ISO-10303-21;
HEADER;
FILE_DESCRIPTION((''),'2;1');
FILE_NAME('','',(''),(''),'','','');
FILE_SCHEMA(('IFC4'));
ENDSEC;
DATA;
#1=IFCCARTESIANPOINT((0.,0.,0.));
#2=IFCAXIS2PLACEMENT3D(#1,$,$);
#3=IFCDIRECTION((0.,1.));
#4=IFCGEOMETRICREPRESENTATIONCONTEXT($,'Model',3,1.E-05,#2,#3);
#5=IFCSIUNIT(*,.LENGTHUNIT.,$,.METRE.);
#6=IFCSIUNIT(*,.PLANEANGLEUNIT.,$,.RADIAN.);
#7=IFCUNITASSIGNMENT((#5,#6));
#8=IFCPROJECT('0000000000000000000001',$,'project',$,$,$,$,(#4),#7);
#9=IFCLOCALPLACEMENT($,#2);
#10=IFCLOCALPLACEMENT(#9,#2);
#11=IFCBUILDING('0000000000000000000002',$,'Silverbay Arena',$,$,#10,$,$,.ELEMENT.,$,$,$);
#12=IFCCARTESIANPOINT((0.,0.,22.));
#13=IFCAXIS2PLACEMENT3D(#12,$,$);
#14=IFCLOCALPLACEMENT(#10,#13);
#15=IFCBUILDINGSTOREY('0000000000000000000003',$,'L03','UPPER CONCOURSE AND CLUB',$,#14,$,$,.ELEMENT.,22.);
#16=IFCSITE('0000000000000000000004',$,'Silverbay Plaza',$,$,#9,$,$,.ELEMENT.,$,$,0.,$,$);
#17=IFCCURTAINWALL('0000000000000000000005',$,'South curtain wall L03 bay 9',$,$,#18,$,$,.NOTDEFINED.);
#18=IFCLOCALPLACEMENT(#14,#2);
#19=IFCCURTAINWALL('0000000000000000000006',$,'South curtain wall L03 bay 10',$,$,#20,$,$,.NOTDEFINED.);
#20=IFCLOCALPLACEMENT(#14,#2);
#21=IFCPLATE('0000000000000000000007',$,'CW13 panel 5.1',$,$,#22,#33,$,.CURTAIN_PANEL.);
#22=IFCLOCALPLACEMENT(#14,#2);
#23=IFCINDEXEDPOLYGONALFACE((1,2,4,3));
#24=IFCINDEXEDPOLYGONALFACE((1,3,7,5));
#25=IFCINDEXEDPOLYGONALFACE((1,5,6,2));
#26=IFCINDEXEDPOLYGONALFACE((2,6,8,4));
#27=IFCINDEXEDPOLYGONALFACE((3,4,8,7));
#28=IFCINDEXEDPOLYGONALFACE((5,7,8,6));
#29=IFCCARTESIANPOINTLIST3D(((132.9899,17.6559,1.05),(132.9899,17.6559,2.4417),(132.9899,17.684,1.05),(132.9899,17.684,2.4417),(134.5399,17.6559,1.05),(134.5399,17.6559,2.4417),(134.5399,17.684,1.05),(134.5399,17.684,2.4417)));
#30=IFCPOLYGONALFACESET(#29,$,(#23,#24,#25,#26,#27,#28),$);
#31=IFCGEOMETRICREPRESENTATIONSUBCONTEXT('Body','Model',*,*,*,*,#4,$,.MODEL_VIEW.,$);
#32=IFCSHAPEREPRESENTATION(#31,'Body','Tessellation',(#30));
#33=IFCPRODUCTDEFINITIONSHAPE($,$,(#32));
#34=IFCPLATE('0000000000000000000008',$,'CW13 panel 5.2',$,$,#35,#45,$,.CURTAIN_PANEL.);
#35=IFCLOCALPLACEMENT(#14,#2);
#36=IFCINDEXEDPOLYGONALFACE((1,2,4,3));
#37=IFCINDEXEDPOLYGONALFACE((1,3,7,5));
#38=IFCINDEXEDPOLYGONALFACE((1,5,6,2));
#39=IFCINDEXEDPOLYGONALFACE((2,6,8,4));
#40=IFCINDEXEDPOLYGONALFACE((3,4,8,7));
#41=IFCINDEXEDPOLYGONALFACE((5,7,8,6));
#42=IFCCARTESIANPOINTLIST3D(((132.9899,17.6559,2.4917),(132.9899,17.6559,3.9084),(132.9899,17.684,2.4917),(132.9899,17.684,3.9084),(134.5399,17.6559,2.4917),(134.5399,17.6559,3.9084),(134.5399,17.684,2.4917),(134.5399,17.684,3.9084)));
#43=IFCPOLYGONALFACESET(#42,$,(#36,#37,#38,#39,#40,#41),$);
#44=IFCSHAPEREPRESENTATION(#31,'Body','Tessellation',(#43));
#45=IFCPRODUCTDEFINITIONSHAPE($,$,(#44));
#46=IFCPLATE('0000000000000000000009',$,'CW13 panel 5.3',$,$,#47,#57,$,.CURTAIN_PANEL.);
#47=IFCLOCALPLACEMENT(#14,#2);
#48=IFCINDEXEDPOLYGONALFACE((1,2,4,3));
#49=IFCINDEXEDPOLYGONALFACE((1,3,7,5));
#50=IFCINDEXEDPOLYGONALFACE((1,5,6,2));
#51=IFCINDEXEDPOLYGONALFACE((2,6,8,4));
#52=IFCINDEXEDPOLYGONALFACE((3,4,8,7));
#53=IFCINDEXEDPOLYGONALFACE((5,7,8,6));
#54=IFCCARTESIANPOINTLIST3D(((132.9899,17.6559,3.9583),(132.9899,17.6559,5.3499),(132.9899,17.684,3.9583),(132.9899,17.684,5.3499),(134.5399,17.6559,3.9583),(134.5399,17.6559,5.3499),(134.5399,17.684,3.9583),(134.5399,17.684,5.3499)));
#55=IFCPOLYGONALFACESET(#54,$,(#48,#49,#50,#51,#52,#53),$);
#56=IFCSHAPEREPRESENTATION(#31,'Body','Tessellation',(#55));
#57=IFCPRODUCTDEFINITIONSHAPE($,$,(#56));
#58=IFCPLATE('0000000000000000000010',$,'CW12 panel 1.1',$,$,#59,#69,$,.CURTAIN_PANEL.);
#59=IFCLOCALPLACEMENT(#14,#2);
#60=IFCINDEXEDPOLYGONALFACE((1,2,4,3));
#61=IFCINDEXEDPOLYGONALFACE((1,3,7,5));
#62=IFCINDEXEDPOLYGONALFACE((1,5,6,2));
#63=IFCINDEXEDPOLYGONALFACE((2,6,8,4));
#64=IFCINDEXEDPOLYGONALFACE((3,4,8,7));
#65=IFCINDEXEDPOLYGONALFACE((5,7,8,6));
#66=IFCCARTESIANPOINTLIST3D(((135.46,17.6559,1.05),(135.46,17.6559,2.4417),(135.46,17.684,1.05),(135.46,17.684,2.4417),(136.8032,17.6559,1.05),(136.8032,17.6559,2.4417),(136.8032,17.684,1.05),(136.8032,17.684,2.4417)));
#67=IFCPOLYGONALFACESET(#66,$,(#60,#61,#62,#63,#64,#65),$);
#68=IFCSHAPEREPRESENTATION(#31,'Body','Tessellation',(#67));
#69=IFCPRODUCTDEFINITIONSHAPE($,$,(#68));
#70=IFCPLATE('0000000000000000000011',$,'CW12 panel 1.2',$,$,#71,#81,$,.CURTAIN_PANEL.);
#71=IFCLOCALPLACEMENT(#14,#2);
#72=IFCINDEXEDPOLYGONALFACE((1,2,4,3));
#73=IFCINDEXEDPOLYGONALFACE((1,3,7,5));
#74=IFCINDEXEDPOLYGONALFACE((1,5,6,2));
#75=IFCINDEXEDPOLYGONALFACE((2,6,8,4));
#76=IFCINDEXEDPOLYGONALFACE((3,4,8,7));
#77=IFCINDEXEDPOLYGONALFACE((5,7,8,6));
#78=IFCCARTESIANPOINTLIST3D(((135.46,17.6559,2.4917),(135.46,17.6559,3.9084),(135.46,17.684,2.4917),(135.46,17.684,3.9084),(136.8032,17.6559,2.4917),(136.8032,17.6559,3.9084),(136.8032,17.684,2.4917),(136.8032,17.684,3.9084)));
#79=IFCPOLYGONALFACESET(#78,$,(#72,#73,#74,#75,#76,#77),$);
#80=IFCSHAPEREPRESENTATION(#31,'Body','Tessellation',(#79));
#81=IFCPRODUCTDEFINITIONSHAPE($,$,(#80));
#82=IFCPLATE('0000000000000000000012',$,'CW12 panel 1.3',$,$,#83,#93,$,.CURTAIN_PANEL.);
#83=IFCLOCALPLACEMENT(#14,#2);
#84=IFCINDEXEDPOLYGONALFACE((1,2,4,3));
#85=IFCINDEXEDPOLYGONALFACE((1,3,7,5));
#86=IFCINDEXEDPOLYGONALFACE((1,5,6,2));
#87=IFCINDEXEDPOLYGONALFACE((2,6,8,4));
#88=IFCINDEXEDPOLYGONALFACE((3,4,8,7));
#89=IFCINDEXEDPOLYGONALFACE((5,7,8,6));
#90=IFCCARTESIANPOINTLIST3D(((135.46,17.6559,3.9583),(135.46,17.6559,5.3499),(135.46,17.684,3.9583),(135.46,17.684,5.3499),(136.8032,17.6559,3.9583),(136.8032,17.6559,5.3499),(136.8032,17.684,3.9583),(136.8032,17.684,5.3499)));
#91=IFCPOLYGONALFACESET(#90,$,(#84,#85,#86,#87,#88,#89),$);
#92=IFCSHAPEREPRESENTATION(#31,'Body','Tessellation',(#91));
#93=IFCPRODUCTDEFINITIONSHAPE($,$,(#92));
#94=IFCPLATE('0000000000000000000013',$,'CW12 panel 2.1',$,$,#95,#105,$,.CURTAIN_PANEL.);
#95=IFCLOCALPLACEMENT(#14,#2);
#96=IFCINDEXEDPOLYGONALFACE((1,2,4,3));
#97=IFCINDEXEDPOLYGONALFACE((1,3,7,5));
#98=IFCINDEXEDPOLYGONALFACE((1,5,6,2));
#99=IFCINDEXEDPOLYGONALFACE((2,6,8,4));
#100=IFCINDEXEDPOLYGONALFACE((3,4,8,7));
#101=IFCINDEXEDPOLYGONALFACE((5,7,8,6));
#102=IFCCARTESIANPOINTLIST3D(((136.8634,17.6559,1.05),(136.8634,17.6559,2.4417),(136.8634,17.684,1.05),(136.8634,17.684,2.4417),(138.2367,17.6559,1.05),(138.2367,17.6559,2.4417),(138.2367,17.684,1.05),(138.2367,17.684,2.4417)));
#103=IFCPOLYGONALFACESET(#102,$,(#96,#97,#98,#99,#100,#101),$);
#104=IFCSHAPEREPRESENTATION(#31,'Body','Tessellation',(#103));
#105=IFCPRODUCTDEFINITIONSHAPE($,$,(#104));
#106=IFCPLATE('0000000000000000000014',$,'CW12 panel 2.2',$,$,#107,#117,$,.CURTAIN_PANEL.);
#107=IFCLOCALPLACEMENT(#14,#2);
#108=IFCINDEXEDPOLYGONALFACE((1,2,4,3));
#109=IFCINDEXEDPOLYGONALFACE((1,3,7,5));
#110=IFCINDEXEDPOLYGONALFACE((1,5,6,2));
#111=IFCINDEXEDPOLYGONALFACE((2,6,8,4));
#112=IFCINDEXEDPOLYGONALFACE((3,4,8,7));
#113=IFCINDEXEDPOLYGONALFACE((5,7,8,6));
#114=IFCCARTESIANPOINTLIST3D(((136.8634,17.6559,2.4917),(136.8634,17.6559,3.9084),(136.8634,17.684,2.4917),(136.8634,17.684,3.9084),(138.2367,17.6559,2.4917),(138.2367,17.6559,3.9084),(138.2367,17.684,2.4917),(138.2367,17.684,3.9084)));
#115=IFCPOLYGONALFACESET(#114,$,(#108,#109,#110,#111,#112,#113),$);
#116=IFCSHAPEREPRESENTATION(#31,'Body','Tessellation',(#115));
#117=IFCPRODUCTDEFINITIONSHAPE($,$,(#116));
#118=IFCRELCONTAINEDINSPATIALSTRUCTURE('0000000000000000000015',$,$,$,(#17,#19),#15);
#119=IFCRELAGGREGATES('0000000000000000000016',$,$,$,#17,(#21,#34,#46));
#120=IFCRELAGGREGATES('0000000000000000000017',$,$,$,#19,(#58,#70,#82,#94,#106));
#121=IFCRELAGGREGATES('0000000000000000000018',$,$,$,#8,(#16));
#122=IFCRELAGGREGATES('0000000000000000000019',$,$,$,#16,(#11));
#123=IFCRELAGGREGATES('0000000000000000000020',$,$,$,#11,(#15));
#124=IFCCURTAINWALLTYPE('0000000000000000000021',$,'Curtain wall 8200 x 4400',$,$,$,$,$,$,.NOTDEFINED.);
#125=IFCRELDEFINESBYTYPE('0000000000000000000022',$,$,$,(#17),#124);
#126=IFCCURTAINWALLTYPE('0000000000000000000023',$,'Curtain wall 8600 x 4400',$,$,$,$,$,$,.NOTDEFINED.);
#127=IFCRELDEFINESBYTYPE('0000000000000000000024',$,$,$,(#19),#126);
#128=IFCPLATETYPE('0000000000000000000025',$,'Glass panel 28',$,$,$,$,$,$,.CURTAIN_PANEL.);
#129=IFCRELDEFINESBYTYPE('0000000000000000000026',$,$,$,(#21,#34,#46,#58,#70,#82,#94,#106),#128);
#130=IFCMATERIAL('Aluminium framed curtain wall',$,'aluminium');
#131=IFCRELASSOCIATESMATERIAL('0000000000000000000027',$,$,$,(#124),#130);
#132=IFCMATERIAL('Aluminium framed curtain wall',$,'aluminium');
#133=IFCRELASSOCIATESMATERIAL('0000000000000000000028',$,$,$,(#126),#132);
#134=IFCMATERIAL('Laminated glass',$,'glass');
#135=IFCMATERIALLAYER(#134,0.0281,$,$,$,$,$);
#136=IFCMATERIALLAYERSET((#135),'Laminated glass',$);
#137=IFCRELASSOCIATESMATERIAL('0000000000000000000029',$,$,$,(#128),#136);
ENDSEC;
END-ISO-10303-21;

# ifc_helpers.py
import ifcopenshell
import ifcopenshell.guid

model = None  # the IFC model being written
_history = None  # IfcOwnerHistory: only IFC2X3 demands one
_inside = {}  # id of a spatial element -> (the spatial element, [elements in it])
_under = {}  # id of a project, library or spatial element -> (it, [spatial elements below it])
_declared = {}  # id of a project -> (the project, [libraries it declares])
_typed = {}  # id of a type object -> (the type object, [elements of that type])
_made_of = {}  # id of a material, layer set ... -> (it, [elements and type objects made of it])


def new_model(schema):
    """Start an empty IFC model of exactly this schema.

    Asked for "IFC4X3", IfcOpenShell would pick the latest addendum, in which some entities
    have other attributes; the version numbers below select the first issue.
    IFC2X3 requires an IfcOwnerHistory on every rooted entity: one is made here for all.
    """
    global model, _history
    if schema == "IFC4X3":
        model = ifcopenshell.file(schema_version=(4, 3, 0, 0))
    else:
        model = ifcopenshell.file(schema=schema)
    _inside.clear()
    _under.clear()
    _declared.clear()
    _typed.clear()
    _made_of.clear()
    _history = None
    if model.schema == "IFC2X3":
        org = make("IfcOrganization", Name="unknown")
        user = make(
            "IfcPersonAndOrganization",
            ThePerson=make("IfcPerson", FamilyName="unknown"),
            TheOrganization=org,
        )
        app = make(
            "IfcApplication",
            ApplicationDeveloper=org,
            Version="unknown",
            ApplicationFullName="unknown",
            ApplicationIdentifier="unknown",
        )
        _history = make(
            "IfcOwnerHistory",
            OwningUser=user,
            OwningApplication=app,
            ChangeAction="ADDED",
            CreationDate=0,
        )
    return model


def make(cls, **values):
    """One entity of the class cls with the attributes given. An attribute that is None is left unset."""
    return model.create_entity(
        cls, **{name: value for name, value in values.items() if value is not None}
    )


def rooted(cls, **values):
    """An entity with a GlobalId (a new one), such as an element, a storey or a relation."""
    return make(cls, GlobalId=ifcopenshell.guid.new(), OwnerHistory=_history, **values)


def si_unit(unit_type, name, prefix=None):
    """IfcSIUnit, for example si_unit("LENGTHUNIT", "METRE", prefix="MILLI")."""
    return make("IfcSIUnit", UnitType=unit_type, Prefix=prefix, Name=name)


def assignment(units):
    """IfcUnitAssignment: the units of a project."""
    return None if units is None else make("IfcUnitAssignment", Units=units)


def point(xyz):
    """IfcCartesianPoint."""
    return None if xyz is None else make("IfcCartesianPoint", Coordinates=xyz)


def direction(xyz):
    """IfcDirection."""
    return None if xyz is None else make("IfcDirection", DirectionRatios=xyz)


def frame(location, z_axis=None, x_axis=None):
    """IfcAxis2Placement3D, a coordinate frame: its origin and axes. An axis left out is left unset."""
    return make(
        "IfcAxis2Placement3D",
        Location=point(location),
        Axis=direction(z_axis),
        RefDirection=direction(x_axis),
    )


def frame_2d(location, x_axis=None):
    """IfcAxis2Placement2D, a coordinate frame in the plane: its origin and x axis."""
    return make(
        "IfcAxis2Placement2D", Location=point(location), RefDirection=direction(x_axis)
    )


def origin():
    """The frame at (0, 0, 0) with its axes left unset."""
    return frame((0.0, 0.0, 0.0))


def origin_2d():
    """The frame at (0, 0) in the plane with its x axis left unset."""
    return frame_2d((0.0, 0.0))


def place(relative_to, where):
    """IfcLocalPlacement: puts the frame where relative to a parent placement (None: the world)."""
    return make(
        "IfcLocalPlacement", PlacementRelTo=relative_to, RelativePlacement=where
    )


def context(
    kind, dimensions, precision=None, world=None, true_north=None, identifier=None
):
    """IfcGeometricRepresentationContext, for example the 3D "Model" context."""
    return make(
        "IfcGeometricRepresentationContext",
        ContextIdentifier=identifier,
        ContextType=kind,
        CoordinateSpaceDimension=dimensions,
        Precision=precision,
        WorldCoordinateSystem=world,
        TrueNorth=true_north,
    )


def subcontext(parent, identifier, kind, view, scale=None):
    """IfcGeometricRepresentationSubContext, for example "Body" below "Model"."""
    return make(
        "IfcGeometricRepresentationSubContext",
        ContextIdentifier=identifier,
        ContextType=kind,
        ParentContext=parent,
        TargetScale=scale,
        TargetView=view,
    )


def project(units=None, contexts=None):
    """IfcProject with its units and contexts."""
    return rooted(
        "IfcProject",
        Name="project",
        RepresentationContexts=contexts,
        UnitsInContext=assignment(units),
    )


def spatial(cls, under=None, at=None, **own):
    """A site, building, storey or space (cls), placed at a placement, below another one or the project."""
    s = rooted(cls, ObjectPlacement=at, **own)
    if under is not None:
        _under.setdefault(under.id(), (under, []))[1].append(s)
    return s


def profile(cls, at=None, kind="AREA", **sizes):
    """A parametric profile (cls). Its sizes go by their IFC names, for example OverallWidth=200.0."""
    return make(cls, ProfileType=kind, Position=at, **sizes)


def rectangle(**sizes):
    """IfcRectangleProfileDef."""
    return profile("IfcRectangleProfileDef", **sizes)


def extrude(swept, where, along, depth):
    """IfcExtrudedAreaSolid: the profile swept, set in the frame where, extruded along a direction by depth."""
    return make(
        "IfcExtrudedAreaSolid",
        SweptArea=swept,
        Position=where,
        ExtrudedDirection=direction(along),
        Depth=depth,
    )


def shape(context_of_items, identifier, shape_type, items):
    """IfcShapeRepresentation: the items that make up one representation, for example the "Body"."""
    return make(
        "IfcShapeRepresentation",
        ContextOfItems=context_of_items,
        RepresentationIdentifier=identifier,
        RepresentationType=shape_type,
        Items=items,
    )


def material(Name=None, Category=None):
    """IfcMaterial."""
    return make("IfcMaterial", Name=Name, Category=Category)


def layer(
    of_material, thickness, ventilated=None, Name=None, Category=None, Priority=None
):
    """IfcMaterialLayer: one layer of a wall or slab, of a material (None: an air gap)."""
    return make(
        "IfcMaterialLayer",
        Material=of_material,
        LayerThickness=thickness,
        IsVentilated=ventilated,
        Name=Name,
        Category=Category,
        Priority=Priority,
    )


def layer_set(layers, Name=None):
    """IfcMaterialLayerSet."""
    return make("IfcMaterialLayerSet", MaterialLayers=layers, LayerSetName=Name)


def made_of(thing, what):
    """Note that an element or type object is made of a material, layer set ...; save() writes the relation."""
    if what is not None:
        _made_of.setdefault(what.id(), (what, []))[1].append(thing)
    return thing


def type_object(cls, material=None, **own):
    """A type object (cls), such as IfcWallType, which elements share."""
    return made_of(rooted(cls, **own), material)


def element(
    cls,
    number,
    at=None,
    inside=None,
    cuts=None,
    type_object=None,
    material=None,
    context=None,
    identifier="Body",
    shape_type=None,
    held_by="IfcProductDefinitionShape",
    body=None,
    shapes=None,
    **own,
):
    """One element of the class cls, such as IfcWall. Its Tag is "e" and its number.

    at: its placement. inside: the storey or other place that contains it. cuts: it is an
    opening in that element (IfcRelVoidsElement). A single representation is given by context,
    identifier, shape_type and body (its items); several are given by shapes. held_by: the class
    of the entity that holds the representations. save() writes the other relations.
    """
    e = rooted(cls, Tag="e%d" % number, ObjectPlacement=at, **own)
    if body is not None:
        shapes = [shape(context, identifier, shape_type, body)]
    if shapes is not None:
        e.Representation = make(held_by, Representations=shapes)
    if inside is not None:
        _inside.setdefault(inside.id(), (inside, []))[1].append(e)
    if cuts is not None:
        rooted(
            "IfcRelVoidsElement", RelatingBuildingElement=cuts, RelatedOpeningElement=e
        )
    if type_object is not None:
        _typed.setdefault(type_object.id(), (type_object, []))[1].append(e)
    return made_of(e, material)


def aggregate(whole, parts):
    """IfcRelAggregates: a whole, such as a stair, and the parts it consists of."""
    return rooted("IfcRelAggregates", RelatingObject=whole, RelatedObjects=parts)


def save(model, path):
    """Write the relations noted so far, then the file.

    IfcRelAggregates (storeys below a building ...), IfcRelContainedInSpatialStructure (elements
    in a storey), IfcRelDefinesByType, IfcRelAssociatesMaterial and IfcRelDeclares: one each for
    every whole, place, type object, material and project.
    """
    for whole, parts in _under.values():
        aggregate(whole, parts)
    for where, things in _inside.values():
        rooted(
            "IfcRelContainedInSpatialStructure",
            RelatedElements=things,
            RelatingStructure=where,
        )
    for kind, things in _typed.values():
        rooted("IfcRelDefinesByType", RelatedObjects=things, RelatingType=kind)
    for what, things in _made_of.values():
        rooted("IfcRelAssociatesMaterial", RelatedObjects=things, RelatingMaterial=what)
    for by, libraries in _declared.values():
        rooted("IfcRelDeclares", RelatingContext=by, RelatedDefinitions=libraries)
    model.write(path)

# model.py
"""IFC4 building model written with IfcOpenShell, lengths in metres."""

from ifc_helpers import new_model, si_unit, direction, frame, origin, origin_2d, place, context, subcontext, project, spatial, rectangle, extrude, material, layer, layer_set, type_object, element, aggregate, save


model = new_model("IFC4")

# Units and contexts
model_context = context("Model", 3, precision=1e-05, world=origin(), true_north=direction((0.0, 1.0)))
body_context = subcontext(model_context, "Body", "Model", "MODEL_VIEW")
ifc_project = project(units=[si_unit("LENGTHUNIT", "METRE"), si_unit("PLANEANGLEUNIT", "RADIAN")], contexts=[model_context])

# Site, building, storey
site_placement = place(None, origin())
site = spatial("IfcSite", under=ifc_project, at=site_placement, Name="Silverbay Plaza", CompositionType="ELEMENT", RefElevation=0.0)
building_placement = place(site_placement, origin())
building = spatial("IfcBuilding", under=site, at=building_placement, Name="Silverbay Arena", CompositionType="ELEMENT")
storey_placement = place(building_placement, frame((0.0, 0.0, 22.0)))
storey = spatial("IfcBuildingStorey", under=building, at=storey_placement, Name="L03", Description="UPPER CONCOURSE AND CLUB", CompositionType="ELEMENT", Elevation=22.0)

# Curtain walls
ifc_material_1 = material(Name="Aluminium framed curtain wall", Category="aluminium")
curtain_wall_type_1 = type_object("IfcCurtainWallType", Name="Curtain wall 8200 x 4400", PredefinedType="NOTDEFINED", material=ifc_material_1)
curtain_wall_1_placement = place(storey_placement, origin())
curtain_wall_1 = element("IfcCurtainWall", 1, at=curtain_wall_1_placement, inside=storey, type_object=curtain_wall_type_1, Name="South curtain wall L03 bay 9", PredefinedType="NOTDEFINED")
ifc_material_2 = material(Name="Aluminium framed curtain wall", Category="aluminium")
curtain_wall_type_2 = type_object("IfcCurtainWallType", Name="Curtain wall 8600 x 4400", PredefinedType="NOTDEFINED", material=ifc_material_2)
curtain_wall_2_placement = place(storey_placement, origin())
curtain_wall_2 = element("IfcCurtainWall", 2, at=curtain_wall_2_placement, inside=storey, type_object=curtain_wall_type_2, Name="South curtain wall L03 bay 10", PredefinedType="NOTDEFINED")

# Plates
ifc_material_3 = material(Name="Laminated glass", Category="glass")
ifc_layer = layer(ifc_material_3, 0.0281)
ifc_layer_set = layer_set([ifc_layer], Name="Laminated glass")
plate_type = type_object("IfcPlateType", Name="Glass panel 28", PredefinedType="CURTAIN_PANEL", material=ifc_layer_set)
plate_1_placement = place(storey_placement, frame((133.7649, 17.6699, 1.05), z_axis=(0.0, 0.0, 1.0), x_axis=(1.0, 0.0, 0.0)))
plate_1 = element("IfcPlate", 3, at=plate_1_placement, type_object=plate_type, Name="CW13 panel 5.1", PredefinedType="CURTAIN_PANEL", context=body_context, shape_type="SweptSolid", body=[
    extrude(rectangle(XDim=1.55, YDim=0.0281, at=origin_2d()), origin(), (0.0, 0.0, 1.0), 1.3916),
])
plate_2_placement = place(storey_placement, frame((133.7649, 17.6699, 2.4917), z_axis=(0.0, 0.0, 1.0), x_axis=(1.0, 0.0, 0.0)))
plate_2 = element("IfcPlate", 4, at=plate_2_placement, type_object=plate_type, Name="CW13 panel 5.2", PredefinedType="CURTAIN_PANEL", context=body_context, shape_type="SweptSolid", body=[
    extrude(rectangle(XDim=1.55, YDim=0.0281, at=origin_2d()), origin(), (0.0, 0.0, 1.0), 1.4167),
])
plate_3_placement = place(storey_placement, frame((133.7649, 17.6699, 3.9583), z_axis=(0.0, 0.0, 1.0), x_axis=(1.0, 0.0, 0.0)))
plate_3 = element("IfcPlate", 5, at=plate_3_placement, type_object=plate_type, Name="CW13 panel 5.3", PredefinedType="CURTAIN_PANEL", context=body_context, shape_type="SweptSolid", body=[
    extrude(rectangle(XDim=1.55, YDim=0.0281, at=origin_2d()), origin(), (0.0, 0.0, 1.0), 1.3916),
])
aggregate(curtain_wall_1, [plate_1, plate_2, plate_3])
plate_4_placement = place(storey_placement, frame((136.1316, 17.6699, 1.05), z_axis=(0.0, 0.0, 1.0), x_axis=(1.0, 0.0, 0.0)))
plate_4 = element("IfcPlate", 6, at=plate_4_placement, type_object=plate_type, Name="CW12 panel 1.1", PredefinedType="CURTAIN_PANEL", context=body_context, shape_type="SweptSolid", body=[
    extrude(rectangle(XDim=1.3433, YDim=0.0281, at=origin_2d()), origin(), (0.0, 0.0, 1.0), 1.3916),
])
plate_5_placement = place(storey_placement, frame((136.1316, 17.6699, 2.4917), z_axis=(0.0, 0.0, 1.0), x_axis=(1.0, 0.0, 0.0)))
plate_5 = element("IfcPlate", 7, at=plate_5_placement, type_object=plate_type, Name="CW12 panel 1.2", PredefinedType="CURTAIN_PANEL", context=body_context, shape_type="SweptSolid", body=[
    extrude(rectangle(XDim=1.3433, YDim=0.0281, at=origin_2d()), origin(), (0.0, 0.0, 1.0), 1.4167),
])
plate_6_placement = place(storey_placement, frame((136.1316, 17.6699, 3.9583), z_axis=(0.0, 0.0, 1.0), x_axis=(1.0, 0.0, 0.0)))
plate_6 = element("IfcPlate", 8, at=plate_6_placement, type_object=plate_type, Name="CW12 panel 1.3", PredefinedType="CURTAIN_PANEL", context=body_context, shape_type="SweptSolid", body=[
    extrude(rectangle(XDim=1.3433, YDim=0.0281, at=origin_2d()), origin(), (0.0, 0.0, 1.0), 1.3916),
])
plate_7_placement = place(storey_placement, frame((137.55, 17.6699, 1.05), z_axis=(0.0, 0.0, 1.0), x_axis=(1.0, 0.0, 0.0)))
plate_7 = element("IfcPlate", 9, at=plate_7_placement, type_object=plate_type, Name="CW12 panel 2.1", PredefinedType="CURTAIN_PANEL", context=body_context, shape_type="SweptSolid", body=[
    extrude(rectangle(XDim=1.3733, YDim=0.0281, at=origin_2d()), origin(), (0.0, 0.0, 1.0), 1.3916),
])
plate_8_placement = place(storey_placement, frame((137.55, 17.6699, 2.4917), z_axis=(0.0, 0.0, 1.0), x_axis=(1.0, 0.0, 0.0)))
plate_8 = element("IfcPlate", 10, at=plate_8_placement, type_object=plate_type, Name="CW12 panel 2.2", PredefinedType="CURTAIN_PANEL", context=body_context, shape_type="SweptSolid", body=[
    extrude(rectangle(XDim=1.3733, YDim=0.0281, at=origin_2d()), origin(), (0.0, 0.0, 1.0), 1.4167),
])
aggregate(curtain_wall_2, [plate_4, plate_5, plate_6, plate_7, plate_8])

save(model, "model.ifc")
